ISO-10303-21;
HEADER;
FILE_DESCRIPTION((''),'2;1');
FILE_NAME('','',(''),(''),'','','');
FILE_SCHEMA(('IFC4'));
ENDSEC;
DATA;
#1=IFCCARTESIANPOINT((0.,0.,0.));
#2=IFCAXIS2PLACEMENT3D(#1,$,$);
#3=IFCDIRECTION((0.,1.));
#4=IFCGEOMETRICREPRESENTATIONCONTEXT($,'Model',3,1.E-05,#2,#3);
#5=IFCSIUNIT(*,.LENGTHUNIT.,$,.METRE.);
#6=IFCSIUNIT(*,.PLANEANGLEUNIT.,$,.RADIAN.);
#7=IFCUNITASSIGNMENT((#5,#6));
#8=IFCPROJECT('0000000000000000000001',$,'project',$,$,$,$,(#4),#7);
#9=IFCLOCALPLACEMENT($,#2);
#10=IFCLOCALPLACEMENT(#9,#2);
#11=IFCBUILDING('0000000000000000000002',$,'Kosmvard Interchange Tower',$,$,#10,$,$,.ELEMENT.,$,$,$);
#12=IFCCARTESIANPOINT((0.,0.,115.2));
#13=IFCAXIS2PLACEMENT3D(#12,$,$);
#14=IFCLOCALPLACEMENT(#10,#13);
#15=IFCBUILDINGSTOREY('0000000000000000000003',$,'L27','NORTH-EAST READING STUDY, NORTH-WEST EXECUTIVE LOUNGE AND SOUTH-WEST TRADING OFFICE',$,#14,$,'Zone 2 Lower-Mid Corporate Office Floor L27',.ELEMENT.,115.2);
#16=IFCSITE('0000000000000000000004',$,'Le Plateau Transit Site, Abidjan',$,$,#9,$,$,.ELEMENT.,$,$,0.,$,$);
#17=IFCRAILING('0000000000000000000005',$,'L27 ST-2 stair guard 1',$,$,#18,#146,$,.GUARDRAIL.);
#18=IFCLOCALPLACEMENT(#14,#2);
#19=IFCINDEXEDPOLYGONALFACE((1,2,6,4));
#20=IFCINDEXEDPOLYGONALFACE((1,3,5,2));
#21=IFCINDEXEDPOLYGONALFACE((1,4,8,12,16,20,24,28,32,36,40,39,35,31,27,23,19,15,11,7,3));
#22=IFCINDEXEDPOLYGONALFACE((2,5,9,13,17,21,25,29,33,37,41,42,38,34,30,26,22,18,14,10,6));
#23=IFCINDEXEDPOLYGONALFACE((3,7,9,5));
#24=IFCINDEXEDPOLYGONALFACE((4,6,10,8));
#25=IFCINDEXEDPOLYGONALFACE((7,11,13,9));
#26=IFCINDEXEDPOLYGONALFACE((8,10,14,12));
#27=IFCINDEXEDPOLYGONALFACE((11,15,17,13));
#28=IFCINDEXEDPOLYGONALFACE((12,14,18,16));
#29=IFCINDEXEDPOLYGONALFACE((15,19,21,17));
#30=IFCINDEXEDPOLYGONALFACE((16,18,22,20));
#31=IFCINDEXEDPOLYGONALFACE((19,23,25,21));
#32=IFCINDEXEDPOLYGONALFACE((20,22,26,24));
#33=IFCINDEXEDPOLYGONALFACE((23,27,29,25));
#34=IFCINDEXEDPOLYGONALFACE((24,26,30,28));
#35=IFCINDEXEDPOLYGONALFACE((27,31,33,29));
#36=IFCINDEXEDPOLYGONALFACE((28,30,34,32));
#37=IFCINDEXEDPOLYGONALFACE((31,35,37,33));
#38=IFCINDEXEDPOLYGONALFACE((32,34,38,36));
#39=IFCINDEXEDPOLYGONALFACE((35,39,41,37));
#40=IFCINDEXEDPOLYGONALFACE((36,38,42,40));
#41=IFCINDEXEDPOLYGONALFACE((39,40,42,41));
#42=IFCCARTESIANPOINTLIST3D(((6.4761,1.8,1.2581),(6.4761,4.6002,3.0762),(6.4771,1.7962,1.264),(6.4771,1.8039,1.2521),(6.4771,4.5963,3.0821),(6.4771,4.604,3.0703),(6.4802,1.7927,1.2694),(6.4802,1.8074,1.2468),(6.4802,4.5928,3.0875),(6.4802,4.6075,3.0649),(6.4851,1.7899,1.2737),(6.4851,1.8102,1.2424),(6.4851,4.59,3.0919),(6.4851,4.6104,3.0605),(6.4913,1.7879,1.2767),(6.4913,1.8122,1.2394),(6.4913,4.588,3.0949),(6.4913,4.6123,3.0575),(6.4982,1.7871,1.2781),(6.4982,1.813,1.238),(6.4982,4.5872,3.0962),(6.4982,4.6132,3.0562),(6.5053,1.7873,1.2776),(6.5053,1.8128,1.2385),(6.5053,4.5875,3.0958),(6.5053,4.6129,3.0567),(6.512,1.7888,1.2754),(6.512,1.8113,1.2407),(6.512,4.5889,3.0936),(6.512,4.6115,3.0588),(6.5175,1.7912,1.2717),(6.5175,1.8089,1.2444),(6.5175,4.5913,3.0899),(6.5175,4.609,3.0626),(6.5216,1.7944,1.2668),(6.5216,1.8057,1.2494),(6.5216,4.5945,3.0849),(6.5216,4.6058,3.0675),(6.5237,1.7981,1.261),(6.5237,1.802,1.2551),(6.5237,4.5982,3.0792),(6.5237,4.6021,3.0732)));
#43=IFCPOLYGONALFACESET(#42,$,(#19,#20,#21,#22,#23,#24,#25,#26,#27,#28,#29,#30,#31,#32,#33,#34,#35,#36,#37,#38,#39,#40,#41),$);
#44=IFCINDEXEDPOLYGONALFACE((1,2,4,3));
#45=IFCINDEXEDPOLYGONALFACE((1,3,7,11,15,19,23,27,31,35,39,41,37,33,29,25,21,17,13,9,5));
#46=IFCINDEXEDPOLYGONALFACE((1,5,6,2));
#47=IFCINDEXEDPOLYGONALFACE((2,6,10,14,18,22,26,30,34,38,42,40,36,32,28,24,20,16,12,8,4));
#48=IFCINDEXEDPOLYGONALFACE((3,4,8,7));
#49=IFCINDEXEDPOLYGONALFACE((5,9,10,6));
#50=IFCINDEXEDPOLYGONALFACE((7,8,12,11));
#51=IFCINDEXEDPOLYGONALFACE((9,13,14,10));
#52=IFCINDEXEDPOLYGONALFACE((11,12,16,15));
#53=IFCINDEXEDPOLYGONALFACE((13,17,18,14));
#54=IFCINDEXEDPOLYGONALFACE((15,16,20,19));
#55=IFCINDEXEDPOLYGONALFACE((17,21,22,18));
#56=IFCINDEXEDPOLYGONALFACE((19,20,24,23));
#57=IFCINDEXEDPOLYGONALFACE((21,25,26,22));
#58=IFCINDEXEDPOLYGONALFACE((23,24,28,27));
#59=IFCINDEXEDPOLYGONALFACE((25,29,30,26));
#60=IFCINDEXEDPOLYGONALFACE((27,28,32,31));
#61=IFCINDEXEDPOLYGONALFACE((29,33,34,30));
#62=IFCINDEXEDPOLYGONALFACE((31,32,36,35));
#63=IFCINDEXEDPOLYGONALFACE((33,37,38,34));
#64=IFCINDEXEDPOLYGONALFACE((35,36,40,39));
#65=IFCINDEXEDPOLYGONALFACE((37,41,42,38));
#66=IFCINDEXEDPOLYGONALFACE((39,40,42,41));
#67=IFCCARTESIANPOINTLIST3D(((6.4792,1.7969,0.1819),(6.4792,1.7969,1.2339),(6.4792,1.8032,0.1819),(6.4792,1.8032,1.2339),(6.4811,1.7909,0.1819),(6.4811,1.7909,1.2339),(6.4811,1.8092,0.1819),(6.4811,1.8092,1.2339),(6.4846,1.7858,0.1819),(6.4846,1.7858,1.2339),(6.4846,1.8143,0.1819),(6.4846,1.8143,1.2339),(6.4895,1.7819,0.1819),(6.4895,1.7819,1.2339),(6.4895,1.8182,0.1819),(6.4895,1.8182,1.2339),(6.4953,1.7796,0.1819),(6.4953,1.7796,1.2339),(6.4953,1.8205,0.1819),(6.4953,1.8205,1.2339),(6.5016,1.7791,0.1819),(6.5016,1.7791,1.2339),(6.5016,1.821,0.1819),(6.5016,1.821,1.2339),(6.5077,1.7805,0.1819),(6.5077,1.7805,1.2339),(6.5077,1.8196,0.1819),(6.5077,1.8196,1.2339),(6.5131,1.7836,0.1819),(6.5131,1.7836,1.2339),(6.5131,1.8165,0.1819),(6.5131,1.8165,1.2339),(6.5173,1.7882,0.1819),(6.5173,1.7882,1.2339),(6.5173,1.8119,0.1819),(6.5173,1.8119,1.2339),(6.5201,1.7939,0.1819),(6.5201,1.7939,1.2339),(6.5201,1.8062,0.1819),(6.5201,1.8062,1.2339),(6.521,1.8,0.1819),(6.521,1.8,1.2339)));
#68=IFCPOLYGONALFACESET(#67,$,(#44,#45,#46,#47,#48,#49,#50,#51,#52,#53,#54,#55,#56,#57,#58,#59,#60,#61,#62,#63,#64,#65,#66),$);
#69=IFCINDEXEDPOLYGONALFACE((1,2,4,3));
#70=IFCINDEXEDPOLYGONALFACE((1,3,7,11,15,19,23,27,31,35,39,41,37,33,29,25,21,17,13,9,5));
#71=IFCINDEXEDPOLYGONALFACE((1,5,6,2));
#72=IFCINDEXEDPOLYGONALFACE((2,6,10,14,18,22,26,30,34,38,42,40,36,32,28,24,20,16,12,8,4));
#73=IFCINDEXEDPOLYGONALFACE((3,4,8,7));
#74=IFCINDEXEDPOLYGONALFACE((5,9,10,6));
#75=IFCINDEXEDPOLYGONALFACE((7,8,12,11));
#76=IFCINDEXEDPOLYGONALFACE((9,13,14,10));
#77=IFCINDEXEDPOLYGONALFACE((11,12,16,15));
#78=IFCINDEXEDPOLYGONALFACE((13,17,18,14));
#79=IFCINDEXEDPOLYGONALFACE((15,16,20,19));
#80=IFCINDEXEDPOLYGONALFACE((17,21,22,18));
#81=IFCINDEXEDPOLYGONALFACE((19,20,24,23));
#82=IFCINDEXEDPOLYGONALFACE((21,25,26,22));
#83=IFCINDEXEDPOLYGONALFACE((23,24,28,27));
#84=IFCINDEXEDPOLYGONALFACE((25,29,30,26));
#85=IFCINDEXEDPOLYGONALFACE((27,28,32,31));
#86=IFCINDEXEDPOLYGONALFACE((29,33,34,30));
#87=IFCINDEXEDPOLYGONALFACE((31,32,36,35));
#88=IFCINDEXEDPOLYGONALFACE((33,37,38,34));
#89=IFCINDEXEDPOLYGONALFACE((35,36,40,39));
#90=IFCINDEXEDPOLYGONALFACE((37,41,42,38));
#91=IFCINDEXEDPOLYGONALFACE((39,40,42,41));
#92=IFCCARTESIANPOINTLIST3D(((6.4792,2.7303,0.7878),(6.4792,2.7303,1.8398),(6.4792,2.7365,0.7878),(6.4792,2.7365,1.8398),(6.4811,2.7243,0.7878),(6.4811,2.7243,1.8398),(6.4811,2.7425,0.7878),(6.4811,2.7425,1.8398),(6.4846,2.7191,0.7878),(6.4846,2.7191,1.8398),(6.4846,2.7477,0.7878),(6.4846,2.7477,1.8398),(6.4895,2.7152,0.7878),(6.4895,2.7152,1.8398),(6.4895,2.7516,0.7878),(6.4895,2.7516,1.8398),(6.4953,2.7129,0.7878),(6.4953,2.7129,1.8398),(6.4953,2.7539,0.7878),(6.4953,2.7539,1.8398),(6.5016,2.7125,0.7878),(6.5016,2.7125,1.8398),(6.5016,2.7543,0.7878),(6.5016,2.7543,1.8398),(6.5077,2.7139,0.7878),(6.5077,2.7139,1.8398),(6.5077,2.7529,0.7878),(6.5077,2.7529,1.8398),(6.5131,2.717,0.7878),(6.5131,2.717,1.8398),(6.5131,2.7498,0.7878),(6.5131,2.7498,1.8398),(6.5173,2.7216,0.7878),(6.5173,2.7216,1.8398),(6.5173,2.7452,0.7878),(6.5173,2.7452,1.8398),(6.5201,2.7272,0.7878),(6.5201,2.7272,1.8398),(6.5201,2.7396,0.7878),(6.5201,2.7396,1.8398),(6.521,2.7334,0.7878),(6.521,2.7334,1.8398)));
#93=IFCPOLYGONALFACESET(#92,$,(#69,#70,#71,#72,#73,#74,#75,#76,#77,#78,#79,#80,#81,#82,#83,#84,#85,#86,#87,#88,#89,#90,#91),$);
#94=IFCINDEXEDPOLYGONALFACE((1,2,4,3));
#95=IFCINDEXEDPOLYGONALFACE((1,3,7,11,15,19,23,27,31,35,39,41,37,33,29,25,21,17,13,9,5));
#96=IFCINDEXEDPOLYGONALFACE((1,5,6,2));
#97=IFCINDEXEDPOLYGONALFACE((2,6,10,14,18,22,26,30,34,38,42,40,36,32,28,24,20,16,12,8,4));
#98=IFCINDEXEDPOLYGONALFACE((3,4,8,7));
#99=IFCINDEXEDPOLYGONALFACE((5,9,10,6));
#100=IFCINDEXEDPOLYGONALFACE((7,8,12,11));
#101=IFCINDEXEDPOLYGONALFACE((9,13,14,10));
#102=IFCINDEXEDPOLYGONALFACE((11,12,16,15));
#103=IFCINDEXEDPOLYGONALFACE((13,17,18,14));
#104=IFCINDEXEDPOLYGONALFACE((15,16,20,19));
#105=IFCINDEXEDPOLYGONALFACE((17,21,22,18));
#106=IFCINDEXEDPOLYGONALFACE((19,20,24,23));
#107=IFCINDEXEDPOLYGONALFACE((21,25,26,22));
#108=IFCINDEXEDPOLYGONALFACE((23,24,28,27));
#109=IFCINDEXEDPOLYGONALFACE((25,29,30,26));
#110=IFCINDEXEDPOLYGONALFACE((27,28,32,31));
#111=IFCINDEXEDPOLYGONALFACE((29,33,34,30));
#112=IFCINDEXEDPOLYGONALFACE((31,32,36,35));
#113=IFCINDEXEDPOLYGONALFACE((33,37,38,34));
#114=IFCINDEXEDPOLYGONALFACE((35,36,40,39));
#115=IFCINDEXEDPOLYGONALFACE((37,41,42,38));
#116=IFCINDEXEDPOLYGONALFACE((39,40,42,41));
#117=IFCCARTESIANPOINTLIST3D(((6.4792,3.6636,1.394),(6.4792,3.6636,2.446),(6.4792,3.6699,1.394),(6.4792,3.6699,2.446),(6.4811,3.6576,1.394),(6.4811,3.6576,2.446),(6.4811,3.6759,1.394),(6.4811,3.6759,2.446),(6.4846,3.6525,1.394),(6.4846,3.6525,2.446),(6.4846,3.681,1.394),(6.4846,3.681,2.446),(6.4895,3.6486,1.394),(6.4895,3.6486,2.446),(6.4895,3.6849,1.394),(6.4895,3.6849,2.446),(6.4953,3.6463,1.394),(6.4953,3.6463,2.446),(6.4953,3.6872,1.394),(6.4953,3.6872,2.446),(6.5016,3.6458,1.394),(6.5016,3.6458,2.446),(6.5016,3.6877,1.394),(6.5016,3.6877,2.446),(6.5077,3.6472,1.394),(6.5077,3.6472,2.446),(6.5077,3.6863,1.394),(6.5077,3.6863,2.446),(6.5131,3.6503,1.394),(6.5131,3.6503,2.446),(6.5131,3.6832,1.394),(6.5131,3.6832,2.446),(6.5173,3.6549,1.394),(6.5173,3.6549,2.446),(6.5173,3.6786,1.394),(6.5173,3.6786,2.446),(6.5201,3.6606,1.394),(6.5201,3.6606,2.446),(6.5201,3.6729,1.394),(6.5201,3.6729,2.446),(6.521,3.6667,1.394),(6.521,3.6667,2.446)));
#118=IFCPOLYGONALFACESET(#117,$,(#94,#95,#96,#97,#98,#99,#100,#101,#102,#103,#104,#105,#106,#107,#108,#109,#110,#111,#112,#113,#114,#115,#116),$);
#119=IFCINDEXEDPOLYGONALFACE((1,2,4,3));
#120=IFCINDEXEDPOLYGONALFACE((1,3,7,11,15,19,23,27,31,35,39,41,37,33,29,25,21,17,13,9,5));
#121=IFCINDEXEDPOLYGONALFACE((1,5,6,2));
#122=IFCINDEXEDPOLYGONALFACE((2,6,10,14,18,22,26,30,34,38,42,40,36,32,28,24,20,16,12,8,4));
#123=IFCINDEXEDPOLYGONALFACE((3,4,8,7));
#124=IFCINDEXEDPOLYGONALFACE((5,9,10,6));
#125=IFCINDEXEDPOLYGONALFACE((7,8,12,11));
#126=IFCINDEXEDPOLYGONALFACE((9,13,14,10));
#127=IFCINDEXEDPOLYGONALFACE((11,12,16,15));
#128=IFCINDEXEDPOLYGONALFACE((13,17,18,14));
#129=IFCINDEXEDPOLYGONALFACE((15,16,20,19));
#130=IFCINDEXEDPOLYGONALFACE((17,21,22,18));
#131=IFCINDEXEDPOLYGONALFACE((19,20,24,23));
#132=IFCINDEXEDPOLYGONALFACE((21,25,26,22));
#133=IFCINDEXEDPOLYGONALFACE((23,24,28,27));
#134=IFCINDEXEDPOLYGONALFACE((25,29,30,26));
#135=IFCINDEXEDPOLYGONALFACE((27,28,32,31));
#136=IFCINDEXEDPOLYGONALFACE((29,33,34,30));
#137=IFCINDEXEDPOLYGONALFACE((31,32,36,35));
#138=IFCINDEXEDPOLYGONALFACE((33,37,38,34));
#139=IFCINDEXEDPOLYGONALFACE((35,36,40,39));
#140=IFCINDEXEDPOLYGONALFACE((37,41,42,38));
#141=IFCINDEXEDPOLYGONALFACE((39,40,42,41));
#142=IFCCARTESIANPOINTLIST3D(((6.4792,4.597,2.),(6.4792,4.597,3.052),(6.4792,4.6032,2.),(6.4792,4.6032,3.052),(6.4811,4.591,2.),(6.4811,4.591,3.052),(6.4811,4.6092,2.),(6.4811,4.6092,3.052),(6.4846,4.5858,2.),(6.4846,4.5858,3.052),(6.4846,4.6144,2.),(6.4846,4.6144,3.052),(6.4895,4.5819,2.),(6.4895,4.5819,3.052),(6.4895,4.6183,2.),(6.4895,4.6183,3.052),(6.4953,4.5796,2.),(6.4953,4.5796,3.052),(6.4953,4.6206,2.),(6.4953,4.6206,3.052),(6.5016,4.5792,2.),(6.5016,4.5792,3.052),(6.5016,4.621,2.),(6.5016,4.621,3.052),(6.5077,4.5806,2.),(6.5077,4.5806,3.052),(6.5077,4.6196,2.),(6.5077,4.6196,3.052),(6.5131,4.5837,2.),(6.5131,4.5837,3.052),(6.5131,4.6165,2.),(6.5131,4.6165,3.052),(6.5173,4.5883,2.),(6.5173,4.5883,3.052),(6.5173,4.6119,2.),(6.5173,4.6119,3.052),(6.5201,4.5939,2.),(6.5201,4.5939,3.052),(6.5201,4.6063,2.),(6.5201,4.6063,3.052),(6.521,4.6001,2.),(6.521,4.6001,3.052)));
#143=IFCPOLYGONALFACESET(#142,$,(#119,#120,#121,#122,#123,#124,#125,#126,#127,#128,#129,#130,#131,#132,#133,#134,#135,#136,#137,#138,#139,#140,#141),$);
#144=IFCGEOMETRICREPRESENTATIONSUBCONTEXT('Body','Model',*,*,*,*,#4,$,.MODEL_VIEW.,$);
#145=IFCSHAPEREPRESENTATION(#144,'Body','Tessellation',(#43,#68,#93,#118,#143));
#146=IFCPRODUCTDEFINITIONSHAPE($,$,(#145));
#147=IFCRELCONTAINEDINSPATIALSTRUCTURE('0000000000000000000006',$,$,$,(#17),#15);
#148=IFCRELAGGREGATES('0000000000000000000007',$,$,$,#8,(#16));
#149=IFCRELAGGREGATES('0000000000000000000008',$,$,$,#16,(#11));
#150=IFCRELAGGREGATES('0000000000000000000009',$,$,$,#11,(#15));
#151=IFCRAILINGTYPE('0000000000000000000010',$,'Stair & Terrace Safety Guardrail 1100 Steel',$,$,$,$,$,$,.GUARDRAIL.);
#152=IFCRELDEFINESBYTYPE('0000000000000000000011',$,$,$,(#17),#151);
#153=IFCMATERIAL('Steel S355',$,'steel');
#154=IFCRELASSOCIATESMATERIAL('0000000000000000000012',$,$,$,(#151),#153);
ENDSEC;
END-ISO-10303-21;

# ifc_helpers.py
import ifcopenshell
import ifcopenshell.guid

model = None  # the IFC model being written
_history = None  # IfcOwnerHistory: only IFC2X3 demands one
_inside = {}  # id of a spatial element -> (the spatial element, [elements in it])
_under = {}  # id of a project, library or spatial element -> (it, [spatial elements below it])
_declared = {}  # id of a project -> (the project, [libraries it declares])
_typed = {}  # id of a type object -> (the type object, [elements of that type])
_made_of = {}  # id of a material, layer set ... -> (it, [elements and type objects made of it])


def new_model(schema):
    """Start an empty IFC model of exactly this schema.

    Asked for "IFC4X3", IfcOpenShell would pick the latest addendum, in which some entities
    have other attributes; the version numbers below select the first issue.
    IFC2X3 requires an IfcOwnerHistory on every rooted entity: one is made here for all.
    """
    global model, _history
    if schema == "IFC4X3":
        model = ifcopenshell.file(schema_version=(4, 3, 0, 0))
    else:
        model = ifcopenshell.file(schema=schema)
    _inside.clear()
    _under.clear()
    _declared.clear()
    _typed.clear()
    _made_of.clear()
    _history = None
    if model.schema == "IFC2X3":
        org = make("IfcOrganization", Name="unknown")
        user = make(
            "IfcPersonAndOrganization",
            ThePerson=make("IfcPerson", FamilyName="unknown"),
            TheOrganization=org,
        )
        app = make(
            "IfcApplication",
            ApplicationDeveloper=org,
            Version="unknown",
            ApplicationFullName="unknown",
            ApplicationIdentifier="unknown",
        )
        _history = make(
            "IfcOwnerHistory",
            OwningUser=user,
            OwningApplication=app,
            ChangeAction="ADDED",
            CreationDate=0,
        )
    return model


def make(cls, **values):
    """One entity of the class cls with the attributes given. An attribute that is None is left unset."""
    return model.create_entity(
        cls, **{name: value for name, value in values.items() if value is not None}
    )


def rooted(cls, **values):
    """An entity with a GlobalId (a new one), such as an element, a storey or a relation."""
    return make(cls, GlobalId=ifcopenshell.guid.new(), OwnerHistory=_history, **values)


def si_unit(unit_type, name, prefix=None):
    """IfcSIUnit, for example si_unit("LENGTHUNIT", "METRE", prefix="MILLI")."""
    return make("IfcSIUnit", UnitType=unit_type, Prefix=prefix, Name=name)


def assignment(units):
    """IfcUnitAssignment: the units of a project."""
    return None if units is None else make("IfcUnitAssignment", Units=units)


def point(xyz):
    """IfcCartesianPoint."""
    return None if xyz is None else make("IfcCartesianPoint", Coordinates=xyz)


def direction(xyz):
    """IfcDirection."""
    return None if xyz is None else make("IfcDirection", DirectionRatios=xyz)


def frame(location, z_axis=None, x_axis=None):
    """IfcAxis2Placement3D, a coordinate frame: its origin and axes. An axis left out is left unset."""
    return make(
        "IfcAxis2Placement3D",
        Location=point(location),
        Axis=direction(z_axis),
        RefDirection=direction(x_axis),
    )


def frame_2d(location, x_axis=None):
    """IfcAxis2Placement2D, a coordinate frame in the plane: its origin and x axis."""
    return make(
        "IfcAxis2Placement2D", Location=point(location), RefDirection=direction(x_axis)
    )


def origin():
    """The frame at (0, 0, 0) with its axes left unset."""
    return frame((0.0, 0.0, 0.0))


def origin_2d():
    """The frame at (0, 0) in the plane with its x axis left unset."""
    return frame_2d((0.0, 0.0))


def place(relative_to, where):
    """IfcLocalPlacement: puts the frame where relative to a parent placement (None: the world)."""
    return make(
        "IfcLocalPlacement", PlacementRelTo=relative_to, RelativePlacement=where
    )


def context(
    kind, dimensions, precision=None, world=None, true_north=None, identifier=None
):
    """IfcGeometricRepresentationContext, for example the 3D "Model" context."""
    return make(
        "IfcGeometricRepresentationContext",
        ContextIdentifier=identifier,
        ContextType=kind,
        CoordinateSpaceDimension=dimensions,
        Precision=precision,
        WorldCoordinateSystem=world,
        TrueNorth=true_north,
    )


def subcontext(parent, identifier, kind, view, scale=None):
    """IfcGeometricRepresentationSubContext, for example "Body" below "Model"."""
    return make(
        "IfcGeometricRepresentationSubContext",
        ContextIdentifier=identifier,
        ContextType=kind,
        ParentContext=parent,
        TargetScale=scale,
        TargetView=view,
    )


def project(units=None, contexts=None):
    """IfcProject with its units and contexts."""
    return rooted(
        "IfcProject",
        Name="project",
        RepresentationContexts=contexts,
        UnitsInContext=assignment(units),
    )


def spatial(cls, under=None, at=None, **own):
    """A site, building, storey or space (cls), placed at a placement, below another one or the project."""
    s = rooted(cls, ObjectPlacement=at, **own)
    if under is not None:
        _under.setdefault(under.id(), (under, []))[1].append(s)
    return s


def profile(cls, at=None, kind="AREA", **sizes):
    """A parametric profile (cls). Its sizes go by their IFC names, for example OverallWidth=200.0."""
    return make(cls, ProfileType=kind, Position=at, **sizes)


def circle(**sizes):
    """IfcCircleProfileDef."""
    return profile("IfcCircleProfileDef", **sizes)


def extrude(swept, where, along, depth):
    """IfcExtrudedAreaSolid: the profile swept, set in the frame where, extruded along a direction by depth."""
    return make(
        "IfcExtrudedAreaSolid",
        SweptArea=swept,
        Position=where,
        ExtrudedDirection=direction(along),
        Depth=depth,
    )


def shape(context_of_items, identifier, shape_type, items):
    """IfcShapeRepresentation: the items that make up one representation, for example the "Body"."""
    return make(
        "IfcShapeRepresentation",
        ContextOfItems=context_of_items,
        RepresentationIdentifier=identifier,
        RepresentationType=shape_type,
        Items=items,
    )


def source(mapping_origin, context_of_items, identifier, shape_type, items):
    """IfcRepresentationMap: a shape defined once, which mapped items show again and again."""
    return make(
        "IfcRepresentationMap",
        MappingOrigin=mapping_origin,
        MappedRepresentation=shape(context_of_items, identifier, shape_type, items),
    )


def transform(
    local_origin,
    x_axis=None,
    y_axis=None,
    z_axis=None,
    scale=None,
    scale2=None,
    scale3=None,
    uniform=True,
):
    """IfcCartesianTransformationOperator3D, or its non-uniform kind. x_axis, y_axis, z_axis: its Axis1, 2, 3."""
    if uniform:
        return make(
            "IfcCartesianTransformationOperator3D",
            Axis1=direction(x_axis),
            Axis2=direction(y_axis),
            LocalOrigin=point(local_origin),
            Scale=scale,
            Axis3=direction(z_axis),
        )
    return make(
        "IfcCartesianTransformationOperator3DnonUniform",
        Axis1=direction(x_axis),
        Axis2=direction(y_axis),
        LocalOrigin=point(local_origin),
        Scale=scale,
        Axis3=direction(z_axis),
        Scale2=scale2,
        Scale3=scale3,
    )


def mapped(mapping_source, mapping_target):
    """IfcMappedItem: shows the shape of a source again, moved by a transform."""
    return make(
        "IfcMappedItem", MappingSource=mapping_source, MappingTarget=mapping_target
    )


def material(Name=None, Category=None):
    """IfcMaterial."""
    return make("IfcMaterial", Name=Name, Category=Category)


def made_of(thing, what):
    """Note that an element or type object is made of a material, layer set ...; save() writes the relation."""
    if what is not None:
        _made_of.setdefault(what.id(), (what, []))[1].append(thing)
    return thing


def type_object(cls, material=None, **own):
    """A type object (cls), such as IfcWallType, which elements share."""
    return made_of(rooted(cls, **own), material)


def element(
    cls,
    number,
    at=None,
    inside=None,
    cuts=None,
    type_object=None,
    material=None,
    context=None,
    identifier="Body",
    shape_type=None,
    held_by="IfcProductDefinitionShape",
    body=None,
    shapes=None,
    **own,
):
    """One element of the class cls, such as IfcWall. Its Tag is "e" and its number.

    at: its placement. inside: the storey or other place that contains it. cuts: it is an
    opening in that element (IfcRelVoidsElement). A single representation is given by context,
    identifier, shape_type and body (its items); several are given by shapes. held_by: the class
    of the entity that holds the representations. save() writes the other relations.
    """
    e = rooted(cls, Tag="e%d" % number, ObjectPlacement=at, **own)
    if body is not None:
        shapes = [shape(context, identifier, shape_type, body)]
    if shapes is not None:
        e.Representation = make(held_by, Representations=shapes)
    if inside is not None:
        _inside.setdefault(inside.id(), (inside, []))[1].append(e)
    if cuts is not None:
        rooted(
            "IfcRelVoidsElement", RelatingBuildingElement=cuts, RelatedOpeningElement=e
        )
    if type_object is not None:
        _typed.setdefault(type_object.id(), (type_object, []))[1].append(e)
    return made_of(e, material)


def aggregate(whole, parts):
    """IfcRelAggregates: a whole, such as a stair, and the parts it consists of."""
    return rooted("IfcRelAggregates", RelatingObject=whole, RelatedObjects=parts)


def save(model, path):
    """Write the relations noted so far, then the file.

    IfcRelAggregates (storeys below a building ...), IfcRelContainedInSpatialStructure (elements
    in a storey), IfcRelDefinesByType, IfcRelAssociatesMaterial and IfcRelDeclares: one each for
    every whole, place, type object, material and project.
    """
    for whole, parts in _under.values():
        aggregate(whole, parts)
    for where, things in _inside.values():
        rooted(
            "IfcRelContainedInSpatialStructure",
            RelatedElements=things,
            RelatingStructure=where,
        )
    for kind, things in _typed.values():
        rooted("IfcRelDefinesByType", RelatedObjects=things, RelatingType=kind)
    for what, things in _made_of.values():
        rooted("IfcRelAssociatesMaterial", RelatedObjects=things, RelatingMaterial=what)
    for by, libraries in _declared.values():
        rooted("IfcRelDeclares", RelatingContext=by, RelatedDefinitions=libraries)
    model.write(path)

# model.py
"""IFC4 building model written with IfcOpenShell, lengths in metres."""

from ifc_helpers import new_model, si_unit, direction, frame, origin, origin_2d, place, context, subcontext, project, spatial, circle, extrude, source, transform, mapped, material, type_object, element, save


model = new_model("IFC4")

# Units and contexts
model_context = context("Model", 3, precision=1e-05, world=origin(), true_north=direction((0.0, 1.0)))
body_context = subcontext(model_context, "Body", "Model", "MODEL_VIEW")
ifc_project = project(units=[si_unit("LENGTHUNIT", "METRE"), si_unit("PLANEANGLEUNIT", "RADIAN")], contexts=[model_context])

# Site, building, storey
site_placement = place(None, origin())
site = spatial("IfcSite", under=ifc_project, at=site_placement, Name="Le Plateau Transit Site, Abidjan", CompositionType="ELEMENT", RefElevation=0.0)
building_placement = place(site_placement, origin())
building = spatial("IfcBuilding", under=site, at=building_placement, Name="Kosmvard Interchange Tower", CompositionType="ELEMENT")
storey_placement = place(building_placement, frame((0.0, 0.0, 115.2)))
storey = spatial("IfcBuildingStorey", under=building, at=storey_placement, Name="L27", Description="NORTH-EAST READING STUDY, NORTH-WEST EXECUTIVE LOUNGE AND SOUTH-WEST TRADING OFFICE", LongName="Zone 2 Lower-Mid Corporate Office Floor L27", CompositionType="ELEMENT", Elevation=115.2)

# Shared definitions
ifc_material_1 = material(Name="Steel S355", Category="steel")

# Railing
railing_type_1 = type_object("IfcRailingType", Name="Stair & Terrace Safety Guardrail 1100 Steel", PredefinedType="GUARDRAIL", material=ifc_material_1)
shared_shape_1 = source(origin(), body_context, "Body", "SweptSolid", [
    extrude(circle(Radius=0.0239, at=origin_2d()), frame((0.0, 0.0, 1.0762), z_axis=(0.0, 0.838706, 0.544585), x_axis=(-1.0, 0.0, 0.0)), (0.0, 0.0, 1.0), 3.3386),
    extrude(circle(Radius=0.021, at=origin_2d()), origin(), (0.0, 0.0, 1.0), 1.052),
    extrude(circle(Radius=0.021, at=origin_2d()), frame((0.0, 0.9333, 0.606)), (0.0, 0.0, 1.0), 1.052),
    extrude(circle(Radius=0.021, at=origin_2d()), frame((0.0, 1.8667, 1.2122)), (0.0, 0.0, 1.0), 1.052),
    extrude(circle(Radius=0.021, at=origin_2d()), frame((0.0, 2.8, 1.8181)), (0.0, 0.0, 1.0), 1.052),
])
railing_1_placement = place(storey_placement, frame((6.5, 1.8, 0.1819)))
element("IfcRailing", 1, at=railing_1_placement, inside=storey, type_object=railing_type_1, Name="L27 ST-2 stair guard 1", PredefinedType="GUARDRAIL", context=body_context, shape_type="MappedRepresentation", body=[
    mapped(shared_shape_1, transform((0.0, 0.0, 0.0), scale=1.0)),
])

save(model, "model.ifc")
